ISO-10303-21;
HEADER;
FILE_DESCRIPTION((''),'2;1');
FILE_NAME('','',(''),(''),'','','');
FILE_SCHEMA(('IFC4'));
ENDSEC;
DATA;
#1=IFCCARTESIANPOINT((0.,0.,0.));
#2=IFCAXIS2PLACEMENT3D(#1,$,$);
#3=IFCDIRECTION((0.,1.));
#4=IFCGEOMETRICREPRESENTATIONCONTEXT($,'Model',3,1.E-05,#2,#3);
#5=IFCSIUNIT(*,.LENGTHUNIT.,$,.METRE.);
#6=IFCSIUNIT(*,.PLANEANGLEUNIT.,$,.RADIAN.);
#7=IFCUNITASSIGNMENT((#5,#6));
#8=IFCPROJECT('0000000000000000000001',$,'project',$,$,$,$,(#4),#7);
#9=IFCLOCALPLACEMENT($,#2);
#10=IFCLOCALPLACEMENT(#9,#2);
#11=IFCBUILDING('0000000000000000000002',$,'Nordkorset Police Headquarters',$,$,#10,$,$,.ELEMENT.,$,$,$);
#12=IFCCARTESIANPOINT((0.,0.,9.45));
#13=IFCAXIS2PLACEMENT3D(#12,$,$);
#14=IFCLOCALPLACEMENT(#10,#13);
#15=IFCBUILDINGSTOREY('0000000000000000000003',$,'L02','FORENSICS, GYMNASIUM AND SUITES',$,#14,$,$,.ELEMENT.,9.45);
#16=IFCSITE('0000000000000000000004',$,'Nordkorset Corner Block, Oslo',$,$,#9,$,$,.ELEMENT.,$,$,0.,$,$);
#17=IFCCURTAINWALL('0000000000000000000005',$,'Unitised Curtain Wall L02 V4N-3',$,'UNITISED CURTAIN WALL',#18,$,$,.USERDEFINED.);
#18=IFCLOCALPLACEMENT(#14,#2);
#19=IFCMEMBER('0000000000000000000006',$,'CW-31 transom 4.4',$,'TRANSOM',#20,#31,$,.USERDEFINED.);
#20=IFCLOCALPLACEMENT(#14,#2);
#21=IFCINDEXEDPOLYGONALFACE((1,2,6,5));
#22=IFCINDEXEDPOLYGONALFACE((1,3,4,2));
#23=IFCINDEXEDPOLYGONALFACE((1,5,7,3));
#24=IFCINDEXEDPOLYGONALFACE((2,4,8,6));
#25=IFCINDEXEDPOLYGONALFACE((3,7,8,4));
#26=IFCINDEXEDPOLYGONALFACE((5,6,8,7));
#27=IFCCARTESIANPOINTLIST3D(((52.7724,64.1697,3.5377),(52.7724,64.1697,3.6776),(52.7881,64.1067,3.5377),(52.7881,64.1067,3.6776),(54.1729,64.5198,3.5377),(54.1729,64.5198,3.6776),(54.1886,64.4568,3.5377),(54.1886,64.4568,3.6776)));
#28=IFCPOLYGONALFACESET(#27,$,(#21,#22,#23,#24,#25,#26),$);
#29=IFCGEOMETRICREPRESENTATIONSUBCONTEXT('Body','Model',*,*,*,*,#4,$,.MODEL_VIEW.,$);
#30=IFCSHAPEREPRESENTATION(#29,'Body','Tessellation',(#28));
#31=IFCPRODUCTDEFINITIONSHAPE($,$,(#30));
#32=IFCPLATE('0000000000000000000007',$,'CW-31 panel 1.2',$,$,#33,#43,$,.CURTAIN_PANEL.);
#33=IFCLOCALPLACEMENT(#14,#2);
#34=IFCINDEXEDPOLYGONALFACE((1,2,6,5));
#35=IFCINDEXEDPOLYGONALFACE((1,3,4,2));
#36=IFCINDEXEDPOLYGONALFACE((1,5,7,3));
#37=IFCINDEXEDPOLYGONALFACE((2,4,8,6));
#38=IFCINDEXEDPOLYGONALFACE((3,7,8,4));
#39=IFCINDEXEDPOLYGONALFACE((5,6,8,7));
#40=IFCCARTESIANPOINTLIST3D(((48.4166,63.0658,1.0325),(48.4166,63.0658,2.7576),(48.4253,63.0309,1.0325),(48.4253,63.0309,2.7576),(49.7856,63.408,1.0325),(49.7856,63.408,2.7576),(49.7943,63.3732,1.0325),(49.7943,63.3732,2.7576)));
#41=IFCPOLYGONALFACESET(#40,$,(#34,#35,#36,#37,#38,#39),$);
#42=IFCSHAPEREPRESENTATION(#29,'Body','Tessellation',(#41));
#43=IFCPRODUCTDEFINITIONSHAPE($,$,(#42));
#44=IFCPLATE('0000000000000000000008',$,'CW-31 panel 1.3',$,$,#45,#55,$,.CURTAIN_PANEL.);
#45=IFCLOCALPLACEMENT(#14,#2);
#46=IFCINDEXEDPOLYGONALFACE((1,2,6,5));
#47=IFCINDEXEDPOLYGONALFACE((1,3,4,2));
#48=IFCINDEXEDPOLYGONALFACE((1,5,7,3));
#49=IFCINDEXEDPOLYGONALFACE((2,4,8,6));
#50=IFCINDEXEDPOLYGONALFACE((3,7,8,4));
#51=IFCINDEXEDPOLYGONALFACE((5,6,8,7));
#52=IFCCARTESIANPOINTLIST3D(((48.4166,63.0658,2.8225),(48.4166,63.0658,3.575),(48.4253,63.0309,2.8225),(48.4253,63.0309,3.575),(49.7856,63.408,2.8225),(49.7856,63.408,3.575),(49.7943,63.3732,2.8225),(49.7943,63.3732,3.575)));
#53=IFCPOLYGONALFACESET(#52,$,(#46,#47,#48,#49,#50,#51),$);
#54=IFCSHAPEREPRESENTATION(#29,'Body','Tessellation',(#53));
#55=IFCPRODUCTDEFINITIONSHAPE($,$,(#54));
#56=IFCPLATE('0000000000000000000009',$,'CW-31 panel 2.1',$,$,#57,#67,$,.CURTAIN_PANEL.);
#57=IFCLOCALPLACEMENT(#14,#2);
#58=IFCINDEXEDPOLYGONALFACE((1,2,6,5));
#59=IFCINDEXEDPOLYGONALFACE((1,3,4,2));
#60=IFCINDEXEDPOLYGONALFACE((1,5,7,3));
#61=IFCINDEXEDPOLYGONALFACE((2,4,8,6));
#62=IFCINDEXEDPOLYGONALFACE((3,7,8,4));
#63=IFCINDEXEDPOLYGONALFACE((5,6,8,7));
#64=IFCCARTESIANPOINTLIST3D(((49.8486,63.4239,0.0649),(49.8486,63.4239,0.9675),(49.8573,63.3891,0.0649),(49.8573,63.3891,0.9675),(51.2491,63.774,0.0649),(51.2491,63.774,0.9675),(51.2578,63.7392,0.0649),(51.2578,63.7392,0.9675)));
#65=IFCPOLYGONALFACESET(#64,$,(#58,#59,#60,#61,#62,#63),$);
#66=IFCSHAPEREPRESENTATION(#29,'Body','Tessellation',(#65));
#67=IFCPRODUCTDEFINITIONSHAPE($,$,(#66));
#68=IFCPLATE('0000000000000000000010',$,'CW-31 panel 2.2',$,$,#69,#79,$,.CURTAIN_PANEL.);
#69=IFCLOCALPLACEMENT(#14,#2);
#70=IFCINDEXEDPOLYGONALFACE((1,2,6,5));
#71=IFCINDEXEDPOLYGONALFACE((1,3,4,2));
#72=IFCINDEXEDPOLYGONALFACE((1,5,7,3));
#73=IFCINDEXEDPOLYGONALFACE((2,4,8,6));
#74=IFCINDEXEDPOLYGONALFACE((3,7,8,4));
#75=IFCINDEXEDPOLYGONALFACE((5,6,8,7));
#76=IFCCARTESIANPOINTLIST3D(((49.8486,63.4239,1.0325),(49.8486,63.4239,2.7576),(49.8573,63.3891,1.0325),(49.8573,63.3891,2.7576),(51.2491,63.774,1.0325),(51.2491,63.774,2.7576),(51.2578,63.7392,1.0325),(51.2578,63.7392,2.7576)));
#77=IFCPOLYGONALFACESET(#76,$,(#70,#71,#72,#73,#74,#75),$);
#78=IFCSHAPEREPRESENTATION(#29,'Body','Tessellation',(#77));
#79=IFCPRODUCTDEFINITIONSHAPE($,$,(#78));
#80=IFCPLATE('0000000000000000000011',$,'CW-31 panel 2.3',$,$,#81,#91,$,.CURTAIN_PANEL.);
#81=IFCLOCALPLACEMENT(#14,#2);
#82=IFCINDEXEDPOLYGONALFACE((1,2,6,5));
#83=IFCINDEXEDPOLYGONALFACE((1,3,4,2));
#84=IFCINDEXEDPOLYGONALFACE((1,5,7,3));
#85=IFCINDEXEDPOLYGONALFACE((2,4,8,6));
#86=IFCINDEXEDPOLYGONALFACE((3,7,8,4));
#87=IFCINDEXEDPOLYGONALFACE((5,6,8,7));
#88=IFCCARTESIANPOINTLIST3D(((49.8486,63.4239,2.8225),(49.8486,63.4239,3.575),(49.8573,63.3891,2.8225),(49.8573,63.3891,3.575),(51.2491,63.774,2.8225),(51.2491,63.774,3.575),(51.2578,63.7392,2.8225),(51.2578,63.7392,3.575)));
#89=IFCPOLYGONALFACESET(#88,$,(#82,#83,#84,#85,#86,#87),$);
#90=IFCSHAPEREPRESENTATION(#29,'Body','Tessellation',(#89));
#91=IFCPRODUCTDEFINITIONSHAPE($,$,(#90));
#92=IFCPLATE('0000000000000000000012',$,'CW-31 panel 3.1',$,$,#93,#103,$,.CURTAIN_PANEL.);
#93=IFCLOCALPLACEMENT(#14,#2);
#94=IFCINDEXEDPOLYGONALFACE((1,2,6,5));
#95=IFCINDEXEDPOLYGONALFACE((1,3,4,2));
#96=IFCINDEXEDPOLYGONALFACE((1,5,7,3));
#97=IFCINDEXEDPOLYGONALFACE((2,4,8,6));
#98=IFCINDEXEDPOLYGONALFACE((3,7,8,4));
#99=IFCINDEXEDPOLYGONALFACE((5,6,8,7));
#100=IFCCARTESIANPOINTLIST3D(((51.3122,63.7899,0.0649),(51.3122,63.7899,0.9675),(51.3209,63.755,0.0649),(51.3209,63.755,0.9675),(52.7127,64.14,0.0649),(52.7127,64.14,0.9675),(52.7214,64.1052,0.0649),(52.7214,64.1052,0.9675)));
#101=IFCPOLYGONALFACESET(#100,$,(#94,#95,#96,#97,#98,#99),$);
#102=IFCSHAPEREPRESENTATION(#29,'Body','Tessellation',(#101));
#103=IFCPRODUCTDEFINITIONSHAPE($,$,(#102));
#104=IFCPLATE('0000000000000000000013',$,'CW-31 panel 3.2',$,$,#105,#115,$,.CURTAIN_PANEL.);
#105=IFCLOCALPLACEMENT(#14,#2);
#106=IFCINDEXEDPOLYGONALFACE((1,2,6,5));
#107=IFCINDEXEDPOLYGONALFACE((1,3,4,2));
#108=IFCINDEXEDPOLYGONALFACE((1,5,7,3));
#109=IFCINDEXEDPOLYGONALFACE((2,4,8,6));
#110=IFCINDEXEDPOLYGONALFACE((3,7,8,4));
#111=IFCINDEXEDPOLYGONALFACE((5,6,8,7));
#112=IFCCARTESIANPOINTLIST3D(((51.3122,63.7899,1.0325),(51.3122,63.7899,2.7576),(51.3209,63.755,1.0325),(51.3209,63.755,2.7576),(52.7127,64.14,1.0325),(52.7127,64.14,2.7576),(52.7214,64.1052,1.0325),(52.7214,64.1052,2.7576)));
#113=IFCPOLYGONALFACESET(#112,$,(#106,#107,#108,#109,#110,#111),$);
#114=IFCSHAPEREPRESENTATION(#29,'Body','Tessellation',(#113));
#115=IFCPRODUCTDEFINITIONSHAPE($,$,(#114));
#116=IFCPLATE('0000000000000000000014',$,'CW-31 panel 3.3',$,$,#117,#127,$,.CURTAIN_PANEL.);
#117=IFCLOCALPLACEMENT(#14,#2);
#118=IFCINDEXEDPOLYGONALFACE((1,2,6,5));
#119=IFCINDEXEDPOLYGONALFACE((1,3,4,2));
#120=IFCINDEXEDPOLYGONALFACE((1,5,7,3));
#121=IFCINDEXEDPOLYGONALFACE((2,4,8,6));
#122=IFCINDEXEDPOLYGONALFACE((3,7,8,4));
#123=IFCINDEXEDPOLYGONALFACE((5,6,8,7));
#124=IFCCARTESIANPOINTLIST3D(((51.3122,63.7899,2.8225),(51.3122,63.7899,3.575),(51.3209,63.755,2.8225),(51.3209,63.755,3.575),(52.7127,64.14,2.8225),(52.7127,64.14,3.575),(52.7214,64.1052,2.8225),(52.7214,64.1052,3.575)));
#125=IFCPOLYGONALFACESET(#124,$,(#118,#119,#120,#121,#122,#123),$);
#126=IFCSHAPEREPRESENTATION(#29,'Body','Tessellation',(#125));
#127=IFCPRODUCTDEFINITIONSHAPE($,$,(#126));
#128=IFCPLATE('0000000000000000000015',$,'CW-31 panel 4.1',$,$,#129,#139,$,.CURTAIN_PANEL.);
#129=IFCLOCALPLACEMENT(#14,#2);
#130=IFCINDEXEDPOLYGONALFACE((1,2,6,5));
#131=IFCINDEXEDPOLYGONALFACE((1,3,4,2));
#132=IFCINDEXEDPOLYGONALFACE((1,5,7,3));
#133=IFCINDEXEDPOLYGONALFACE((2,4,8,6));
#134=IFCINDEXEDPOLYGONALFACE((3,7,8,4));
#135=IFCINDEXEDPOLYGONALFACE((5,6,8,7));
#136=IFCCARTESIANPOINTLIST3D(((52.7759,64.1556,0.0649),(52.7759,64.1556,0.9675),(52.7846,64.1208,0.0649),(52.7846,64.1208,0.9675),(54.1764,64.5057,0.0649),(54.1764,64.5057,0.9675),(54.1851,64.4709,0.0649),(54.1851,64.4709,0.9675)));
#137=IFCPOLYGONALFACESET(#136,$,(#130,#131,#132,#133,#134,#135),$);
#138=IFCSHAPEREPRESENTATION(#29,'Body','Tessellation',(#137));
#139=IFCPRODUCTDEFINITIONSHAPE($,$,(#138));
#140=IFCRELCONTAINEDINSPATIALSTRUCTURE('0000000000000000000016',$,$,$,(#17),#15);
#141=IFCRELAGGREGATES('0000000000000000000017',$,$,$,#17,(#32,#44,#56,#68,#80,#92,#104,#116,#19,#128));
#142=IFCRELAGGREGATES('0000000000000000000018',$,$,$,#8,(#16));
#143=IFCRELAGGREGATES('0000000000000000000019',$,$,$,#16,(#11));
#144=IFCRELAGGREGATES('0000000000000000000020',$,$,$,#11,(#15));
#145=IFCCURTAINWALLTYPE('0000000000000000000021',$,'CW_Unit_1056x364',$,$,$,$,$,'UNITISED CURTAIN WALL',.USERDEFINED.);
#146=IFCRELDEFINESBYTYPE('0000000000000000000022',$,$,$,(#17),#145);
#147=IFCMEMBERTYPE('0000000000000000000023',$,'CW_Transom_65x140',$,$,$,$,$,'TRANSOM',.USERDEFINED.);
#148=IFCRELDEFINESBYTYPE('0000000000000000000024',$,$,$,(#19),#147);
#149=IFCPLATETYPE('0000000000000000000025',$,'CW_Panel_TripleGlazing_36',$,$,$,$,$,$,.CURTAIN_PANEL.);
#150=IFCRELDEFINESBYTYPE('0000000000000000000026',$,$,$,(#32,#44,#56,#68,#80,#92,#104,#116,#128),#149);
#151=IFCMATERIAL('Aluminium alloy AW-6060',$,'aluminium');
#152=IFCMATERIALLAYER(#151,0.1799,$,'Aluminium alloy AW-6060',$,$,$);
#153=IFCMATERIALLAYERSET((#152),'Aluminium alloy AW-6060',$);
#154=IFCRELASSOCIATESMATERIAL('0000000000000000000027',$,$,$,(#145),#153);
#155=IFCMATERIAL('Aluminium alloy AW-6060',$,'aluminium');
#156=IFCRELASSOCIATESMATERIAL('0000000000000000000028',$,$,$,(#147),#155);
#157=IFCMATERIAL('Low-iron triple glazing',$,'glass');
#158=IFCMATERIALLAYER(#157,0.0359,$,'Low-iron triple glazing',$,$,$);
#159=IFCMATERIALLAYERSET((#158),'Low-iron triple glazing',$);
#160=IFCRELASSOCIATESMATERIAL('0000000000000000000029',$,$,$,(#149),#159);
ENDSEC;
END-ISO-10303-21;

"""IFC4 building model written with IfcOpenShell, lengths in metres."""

from ifc_helpers import new_model, si_unit, direction, frame, origin, origin_2d, place, context, subcontext, project, spatial, rectangle, extrude, material, layer, layer_set, material_profile, profile_set, type_object, element, aggregate, save


model = new_model("IFC4")

# Units and contexts
model_context = context("Model", 3, precision=1e-05, world=origin(), true_north=direction((0.0, 1.0)))
body_context = subcontext(model_context, "Body", "Model", "MODEL_VIEW")
ifc_project = project(units=[si_unit("LENGTHUNIT", "METRE"), si_unit("PLANEANGLEUNIT", "RADIAN")], contexts=[model_context])

# Site, building, storey
site_placement = place(None, origin())
site = spatial("IfcSite", under=ifc_project, at=site_placement, Name="Nordkorset Corner Block, Oslo", CompositionType="ELEMENT", RefElevation=0.0)
building_placement = place(site_placement, origin())
building = spatial("IfcBuilding", under=site, at=building_placement, Name="Nordkorset Police Headquarters", CompositionType="ELEMENT")
storey_placement = place(building_placement, frame((0.0, 0.0, 9.45)))
storey = spatial("IfcBuildingStorey", under=building, at=storey_placement, Name="L02", Description="FORENSICS, GYMNASIUM AND SUITES", CompositionType="ELEMENT", Elevation=9.45)

# Curtain wall, member, plates
ifc_material_1 = material(Name="Aluminium alloy AW-6060", Category="aluminium")
ifc_layer_1 = layer(ifc_material_1, 0.1799, Name="Aluminium alloy AW-6060")
ifc_layer_set_1 = layer_set([ifc_layer_1], Name="Aluminium alloy AW-6060")
curtain_wall_type = type_object("IfcCurtainWallType", Name="CW_Unit_1056x364", ElementType="UNITISED CURTAIN WALL", PredefinedType="USERDEFINED", material=ifc_layer_set_1)
curtain_wall_placement = place(storey_placement, origin())
curtain_wall = element("IfcCurtainWall", 1, at=curtain_wall_placement, inside=storey, type_object=curtain_wall_type, Name="Unitised Curtain Wall L02 V4N-3", ObjectType="UNITISED CURTAIN WALL", PredefinedType="USERDEFINED")
ifc_material_2 = material(Name="Aluminium alloy AW-6060", Category="aluminium")
ifc_material_profile_1 = material_profile(ifc_material_2, rectangle(XDim=0.0649, YDim=0.1399, at=origin_2d()), Name="ALU TRAN 65x140")
ifc_profile_set_1 = profile_set([ifc_material_profile_1], Name="Aluminium alloy AW-6060")
member_type_1 = type_object("IfcMemberType", Name="CW_Transom_65x140", ElementType="TRANSOM", PredefinedType="USERDEFINED", material=ifc_profile_set_1)
member_1_placement = place(storey_placement, frame((52.7803, 64.1382, 3.6077), z_axis=(0.970143, 0.242536, 0.0), x_axis=(-0.242536, 0.970143, 0.0)))
member_1 = element("IfcMember", 2, at=member_1_placement, type_object=member_type_1, Name="CW-31 transom 4.4", ObjectType="TRANSOM", PredefinedType="USERDEFINED", context=body_context, shape_type="SweptSolid", body=[
    extrude(rectangle(XDim=0.0649, YDim=0.1399, at=origin_2d()), origin(), (0.0, 0.0, 1.0), 1.4436),
])
ifc_material_3 = material(Name="Low-iron triple glazing", Category="glass")
ifc_layer_2 = layer(ifc_material_3, 0.0359, Name="Low-iron triple glazing")
ifc_layer_set_2 = layer_set([ifc_layer_2], Name="Low-iron triple glazing")
plate_type = type_object("IfcPlateType", Name="CW_Panel_TripleGlazing_36", PredefinedType="CURTAIN_PANEL", material=ifc_layer_set_2)
plate_1_placement = place(storey_placement, frame((49.1055, 63.2195, 1.0325), z_axis=(0.0, 0.0, 1.0), x_axis=(0.970142, 0.242536, 0.0)))
plate_1 = element("IfcPlate", 3, at=plate_1_placement, type_object=plate_type, Name="CW-31 panel 1.2", PredefinedType="CURTAIN_PANEL", context=body_context, shape_type="SweptSolid", body=[
    extrude(rectangle(XDim=1.4111, YDim=0.0359, at=origin_2d()), origin(), (0.0, 0.0, 1.0), 1.7251),
])
plate_2_placement = place(storey_placement, frame((49.1055, 63.2195, 2.8225), z_axis=(0.0, 0.0, 1.0), x_axis=(0.970142, 0.242536, 0.0)))
plate_2 = element("IfcPlate", 4, at=plate_2_placement, type_object=plate_type, Name="CW-31 panel 1.3", PredefinedType="CURTAIN_PANEL", context=body_context, shape_type="SweptSolid", body=[
    extrude(rectangle(XDim=1.4111, YDim=0.0359, at=origin_2d()), origin(), (0.0, 0.0, 1.0), 0.7524),
])
plate_3_placement = place(storey_placement, frame((50.5532, 63.5815, 0.0649), z_axis=(0.0, 0.0, 1.0), x_axis=(0.970142, 0.242536, 0.0)))
plate_3 = element("IfcPlate", 5, at=plate_3_placement, type_object=plate_type, Name="CW-31 panel 2.1", PredefinedType="CURTAIN_PANEL", context=body_context, shape_type="SweptSolid", body=[
    extrude(rectangle(XDim=1.4436, YDim=0.0359, at=origin_2d()), origin(), (0.0, 0.0, 1.0), 0.9026),
])
plate_4_placement = place(storey_placement, frame((50.5532, 63.5815, 1.0325), z_axis=(0.0, 0.0, 1.0), x_axis=(0.970142, 0.242536, 0.0)))
plate_4 = element("IfcPlate", 6, at=plate_4_placement, type_object=plate_type, Name="CW-31 panel 2.2", PredefinedType="CURTAIN_PANEL", context=body_context, shape_type="SweptSolid", body=[
    extrude(rectangle(XDim=1.4436, YDim=0.0359, at=origin_2d()), origin(), (0.0, 0.0, 1.0), 1.7251),
])
plate_5_placement = place(storey_placement, frame((50.5532, 63.5815, 2.8225), z_axis=(0.0, 0.0, 1.0), x_axis=(0.970142, 0.242536, 0.0)))
plate_5 = element("IfcPlate", 7, at=plate_5_placement, type_object=plate_type, Name="CW-31 panel 2.3", PredefinedType="CURTAIN_PANEL", context=body_context, shape_type="SweptSolid", body=[
    extrude(rectangle(XDim=1.4436, YDim=0.0359, at=origin_2d()), origin(), (0.0, 0.0, 1.0), 0.7524),
])
plate_6_placement = place(storey_placement, frame((52.0168, 63.9475, 0.0649), z_axis=(0.0, 0.0, 1.0), x_axis=(0.970142, 0.242536, 0.0)))
plate_6 = element("IfcPlate", 8, at=plate_6_placement, type_object=plate_type, Name="CW-31 panel 3.1", PredefinedType="CURTAIN_PANEL", context=body_context, shape_type="SweptSolid", body=[
    extrude(rectangle(XDim=1.4436, YDim=0.0359, at=origin_2d()), origin(), (0.0, 0.0, 1.0), 0.9026),
])
plate_7_placement = place(storey_placement, frame((52.0168, 63.9475, 1.0325), z_axis=(0.0, 0.0, 1.0), x_axis=(0.970142, 0.242536, 0.0)))
plate_7 = element("IfcPlate", 9, at=plate_7_placement, type_object=plate_type, Name="CW-31 panel 3.2", PredefinedType="CURTAIN_PANEL", context=body_context, shape_type="SweptSolid", body=[
    extrude(rectangle(XDim=1.4436, YDim=0.0359, at=origin_2d()), origin(), (0.0, 0.0, 1.0), 1.7251),
])
plate_8_placement = place(storey_placement, frame((52.0168, 63.9475, 2.8225), z_axis=(0.0, 0.0, 1.0), x_axis=(0.970142, 0.242536, 0.0)))
plate_8 = element("IfcPlate", 10, at=plate_8_placement, type_object=plate_type, Name="CW-31 panel 3.3", PredefinedType="CURTAIN_PANEL", context=body_context, shape_type="SweptSolid", body=[
    extrude(rectangle(XDim=1.4436, YDim=0.0359, at=origin_2d()), origin(), (0.0, 0.0, 1.0), 0.7524),
])
plate_9_placement = place(storey_placement, frame((53.4805, 64.3132, 0.0649), z_axis=(0.0, 0.0, 1.0), x_axis=(0.970142, 0.242536, 0.0)))
plate_9 = element("IfcPlate", 11, at=plate_9_placement, type_object=plate_type, Name="CW-31 panel 4.1", PredefinedType="CURTAIN_PANEL", context=body_context, shape_type="SweptSolid", body=[
    extrude(rectangle(XDim=1.4436, YDim=0.0359, at=origin_2d()), origin(), (0.0, 0.0, 1.0), 0.9026),
])
aggregate(curtain_wall, [plate_1, plate_2, plate_3, plate_4, plate_5, plate_6, plate_7, plate_8, member_1, plate_9])

save(model, "model.ifc")
